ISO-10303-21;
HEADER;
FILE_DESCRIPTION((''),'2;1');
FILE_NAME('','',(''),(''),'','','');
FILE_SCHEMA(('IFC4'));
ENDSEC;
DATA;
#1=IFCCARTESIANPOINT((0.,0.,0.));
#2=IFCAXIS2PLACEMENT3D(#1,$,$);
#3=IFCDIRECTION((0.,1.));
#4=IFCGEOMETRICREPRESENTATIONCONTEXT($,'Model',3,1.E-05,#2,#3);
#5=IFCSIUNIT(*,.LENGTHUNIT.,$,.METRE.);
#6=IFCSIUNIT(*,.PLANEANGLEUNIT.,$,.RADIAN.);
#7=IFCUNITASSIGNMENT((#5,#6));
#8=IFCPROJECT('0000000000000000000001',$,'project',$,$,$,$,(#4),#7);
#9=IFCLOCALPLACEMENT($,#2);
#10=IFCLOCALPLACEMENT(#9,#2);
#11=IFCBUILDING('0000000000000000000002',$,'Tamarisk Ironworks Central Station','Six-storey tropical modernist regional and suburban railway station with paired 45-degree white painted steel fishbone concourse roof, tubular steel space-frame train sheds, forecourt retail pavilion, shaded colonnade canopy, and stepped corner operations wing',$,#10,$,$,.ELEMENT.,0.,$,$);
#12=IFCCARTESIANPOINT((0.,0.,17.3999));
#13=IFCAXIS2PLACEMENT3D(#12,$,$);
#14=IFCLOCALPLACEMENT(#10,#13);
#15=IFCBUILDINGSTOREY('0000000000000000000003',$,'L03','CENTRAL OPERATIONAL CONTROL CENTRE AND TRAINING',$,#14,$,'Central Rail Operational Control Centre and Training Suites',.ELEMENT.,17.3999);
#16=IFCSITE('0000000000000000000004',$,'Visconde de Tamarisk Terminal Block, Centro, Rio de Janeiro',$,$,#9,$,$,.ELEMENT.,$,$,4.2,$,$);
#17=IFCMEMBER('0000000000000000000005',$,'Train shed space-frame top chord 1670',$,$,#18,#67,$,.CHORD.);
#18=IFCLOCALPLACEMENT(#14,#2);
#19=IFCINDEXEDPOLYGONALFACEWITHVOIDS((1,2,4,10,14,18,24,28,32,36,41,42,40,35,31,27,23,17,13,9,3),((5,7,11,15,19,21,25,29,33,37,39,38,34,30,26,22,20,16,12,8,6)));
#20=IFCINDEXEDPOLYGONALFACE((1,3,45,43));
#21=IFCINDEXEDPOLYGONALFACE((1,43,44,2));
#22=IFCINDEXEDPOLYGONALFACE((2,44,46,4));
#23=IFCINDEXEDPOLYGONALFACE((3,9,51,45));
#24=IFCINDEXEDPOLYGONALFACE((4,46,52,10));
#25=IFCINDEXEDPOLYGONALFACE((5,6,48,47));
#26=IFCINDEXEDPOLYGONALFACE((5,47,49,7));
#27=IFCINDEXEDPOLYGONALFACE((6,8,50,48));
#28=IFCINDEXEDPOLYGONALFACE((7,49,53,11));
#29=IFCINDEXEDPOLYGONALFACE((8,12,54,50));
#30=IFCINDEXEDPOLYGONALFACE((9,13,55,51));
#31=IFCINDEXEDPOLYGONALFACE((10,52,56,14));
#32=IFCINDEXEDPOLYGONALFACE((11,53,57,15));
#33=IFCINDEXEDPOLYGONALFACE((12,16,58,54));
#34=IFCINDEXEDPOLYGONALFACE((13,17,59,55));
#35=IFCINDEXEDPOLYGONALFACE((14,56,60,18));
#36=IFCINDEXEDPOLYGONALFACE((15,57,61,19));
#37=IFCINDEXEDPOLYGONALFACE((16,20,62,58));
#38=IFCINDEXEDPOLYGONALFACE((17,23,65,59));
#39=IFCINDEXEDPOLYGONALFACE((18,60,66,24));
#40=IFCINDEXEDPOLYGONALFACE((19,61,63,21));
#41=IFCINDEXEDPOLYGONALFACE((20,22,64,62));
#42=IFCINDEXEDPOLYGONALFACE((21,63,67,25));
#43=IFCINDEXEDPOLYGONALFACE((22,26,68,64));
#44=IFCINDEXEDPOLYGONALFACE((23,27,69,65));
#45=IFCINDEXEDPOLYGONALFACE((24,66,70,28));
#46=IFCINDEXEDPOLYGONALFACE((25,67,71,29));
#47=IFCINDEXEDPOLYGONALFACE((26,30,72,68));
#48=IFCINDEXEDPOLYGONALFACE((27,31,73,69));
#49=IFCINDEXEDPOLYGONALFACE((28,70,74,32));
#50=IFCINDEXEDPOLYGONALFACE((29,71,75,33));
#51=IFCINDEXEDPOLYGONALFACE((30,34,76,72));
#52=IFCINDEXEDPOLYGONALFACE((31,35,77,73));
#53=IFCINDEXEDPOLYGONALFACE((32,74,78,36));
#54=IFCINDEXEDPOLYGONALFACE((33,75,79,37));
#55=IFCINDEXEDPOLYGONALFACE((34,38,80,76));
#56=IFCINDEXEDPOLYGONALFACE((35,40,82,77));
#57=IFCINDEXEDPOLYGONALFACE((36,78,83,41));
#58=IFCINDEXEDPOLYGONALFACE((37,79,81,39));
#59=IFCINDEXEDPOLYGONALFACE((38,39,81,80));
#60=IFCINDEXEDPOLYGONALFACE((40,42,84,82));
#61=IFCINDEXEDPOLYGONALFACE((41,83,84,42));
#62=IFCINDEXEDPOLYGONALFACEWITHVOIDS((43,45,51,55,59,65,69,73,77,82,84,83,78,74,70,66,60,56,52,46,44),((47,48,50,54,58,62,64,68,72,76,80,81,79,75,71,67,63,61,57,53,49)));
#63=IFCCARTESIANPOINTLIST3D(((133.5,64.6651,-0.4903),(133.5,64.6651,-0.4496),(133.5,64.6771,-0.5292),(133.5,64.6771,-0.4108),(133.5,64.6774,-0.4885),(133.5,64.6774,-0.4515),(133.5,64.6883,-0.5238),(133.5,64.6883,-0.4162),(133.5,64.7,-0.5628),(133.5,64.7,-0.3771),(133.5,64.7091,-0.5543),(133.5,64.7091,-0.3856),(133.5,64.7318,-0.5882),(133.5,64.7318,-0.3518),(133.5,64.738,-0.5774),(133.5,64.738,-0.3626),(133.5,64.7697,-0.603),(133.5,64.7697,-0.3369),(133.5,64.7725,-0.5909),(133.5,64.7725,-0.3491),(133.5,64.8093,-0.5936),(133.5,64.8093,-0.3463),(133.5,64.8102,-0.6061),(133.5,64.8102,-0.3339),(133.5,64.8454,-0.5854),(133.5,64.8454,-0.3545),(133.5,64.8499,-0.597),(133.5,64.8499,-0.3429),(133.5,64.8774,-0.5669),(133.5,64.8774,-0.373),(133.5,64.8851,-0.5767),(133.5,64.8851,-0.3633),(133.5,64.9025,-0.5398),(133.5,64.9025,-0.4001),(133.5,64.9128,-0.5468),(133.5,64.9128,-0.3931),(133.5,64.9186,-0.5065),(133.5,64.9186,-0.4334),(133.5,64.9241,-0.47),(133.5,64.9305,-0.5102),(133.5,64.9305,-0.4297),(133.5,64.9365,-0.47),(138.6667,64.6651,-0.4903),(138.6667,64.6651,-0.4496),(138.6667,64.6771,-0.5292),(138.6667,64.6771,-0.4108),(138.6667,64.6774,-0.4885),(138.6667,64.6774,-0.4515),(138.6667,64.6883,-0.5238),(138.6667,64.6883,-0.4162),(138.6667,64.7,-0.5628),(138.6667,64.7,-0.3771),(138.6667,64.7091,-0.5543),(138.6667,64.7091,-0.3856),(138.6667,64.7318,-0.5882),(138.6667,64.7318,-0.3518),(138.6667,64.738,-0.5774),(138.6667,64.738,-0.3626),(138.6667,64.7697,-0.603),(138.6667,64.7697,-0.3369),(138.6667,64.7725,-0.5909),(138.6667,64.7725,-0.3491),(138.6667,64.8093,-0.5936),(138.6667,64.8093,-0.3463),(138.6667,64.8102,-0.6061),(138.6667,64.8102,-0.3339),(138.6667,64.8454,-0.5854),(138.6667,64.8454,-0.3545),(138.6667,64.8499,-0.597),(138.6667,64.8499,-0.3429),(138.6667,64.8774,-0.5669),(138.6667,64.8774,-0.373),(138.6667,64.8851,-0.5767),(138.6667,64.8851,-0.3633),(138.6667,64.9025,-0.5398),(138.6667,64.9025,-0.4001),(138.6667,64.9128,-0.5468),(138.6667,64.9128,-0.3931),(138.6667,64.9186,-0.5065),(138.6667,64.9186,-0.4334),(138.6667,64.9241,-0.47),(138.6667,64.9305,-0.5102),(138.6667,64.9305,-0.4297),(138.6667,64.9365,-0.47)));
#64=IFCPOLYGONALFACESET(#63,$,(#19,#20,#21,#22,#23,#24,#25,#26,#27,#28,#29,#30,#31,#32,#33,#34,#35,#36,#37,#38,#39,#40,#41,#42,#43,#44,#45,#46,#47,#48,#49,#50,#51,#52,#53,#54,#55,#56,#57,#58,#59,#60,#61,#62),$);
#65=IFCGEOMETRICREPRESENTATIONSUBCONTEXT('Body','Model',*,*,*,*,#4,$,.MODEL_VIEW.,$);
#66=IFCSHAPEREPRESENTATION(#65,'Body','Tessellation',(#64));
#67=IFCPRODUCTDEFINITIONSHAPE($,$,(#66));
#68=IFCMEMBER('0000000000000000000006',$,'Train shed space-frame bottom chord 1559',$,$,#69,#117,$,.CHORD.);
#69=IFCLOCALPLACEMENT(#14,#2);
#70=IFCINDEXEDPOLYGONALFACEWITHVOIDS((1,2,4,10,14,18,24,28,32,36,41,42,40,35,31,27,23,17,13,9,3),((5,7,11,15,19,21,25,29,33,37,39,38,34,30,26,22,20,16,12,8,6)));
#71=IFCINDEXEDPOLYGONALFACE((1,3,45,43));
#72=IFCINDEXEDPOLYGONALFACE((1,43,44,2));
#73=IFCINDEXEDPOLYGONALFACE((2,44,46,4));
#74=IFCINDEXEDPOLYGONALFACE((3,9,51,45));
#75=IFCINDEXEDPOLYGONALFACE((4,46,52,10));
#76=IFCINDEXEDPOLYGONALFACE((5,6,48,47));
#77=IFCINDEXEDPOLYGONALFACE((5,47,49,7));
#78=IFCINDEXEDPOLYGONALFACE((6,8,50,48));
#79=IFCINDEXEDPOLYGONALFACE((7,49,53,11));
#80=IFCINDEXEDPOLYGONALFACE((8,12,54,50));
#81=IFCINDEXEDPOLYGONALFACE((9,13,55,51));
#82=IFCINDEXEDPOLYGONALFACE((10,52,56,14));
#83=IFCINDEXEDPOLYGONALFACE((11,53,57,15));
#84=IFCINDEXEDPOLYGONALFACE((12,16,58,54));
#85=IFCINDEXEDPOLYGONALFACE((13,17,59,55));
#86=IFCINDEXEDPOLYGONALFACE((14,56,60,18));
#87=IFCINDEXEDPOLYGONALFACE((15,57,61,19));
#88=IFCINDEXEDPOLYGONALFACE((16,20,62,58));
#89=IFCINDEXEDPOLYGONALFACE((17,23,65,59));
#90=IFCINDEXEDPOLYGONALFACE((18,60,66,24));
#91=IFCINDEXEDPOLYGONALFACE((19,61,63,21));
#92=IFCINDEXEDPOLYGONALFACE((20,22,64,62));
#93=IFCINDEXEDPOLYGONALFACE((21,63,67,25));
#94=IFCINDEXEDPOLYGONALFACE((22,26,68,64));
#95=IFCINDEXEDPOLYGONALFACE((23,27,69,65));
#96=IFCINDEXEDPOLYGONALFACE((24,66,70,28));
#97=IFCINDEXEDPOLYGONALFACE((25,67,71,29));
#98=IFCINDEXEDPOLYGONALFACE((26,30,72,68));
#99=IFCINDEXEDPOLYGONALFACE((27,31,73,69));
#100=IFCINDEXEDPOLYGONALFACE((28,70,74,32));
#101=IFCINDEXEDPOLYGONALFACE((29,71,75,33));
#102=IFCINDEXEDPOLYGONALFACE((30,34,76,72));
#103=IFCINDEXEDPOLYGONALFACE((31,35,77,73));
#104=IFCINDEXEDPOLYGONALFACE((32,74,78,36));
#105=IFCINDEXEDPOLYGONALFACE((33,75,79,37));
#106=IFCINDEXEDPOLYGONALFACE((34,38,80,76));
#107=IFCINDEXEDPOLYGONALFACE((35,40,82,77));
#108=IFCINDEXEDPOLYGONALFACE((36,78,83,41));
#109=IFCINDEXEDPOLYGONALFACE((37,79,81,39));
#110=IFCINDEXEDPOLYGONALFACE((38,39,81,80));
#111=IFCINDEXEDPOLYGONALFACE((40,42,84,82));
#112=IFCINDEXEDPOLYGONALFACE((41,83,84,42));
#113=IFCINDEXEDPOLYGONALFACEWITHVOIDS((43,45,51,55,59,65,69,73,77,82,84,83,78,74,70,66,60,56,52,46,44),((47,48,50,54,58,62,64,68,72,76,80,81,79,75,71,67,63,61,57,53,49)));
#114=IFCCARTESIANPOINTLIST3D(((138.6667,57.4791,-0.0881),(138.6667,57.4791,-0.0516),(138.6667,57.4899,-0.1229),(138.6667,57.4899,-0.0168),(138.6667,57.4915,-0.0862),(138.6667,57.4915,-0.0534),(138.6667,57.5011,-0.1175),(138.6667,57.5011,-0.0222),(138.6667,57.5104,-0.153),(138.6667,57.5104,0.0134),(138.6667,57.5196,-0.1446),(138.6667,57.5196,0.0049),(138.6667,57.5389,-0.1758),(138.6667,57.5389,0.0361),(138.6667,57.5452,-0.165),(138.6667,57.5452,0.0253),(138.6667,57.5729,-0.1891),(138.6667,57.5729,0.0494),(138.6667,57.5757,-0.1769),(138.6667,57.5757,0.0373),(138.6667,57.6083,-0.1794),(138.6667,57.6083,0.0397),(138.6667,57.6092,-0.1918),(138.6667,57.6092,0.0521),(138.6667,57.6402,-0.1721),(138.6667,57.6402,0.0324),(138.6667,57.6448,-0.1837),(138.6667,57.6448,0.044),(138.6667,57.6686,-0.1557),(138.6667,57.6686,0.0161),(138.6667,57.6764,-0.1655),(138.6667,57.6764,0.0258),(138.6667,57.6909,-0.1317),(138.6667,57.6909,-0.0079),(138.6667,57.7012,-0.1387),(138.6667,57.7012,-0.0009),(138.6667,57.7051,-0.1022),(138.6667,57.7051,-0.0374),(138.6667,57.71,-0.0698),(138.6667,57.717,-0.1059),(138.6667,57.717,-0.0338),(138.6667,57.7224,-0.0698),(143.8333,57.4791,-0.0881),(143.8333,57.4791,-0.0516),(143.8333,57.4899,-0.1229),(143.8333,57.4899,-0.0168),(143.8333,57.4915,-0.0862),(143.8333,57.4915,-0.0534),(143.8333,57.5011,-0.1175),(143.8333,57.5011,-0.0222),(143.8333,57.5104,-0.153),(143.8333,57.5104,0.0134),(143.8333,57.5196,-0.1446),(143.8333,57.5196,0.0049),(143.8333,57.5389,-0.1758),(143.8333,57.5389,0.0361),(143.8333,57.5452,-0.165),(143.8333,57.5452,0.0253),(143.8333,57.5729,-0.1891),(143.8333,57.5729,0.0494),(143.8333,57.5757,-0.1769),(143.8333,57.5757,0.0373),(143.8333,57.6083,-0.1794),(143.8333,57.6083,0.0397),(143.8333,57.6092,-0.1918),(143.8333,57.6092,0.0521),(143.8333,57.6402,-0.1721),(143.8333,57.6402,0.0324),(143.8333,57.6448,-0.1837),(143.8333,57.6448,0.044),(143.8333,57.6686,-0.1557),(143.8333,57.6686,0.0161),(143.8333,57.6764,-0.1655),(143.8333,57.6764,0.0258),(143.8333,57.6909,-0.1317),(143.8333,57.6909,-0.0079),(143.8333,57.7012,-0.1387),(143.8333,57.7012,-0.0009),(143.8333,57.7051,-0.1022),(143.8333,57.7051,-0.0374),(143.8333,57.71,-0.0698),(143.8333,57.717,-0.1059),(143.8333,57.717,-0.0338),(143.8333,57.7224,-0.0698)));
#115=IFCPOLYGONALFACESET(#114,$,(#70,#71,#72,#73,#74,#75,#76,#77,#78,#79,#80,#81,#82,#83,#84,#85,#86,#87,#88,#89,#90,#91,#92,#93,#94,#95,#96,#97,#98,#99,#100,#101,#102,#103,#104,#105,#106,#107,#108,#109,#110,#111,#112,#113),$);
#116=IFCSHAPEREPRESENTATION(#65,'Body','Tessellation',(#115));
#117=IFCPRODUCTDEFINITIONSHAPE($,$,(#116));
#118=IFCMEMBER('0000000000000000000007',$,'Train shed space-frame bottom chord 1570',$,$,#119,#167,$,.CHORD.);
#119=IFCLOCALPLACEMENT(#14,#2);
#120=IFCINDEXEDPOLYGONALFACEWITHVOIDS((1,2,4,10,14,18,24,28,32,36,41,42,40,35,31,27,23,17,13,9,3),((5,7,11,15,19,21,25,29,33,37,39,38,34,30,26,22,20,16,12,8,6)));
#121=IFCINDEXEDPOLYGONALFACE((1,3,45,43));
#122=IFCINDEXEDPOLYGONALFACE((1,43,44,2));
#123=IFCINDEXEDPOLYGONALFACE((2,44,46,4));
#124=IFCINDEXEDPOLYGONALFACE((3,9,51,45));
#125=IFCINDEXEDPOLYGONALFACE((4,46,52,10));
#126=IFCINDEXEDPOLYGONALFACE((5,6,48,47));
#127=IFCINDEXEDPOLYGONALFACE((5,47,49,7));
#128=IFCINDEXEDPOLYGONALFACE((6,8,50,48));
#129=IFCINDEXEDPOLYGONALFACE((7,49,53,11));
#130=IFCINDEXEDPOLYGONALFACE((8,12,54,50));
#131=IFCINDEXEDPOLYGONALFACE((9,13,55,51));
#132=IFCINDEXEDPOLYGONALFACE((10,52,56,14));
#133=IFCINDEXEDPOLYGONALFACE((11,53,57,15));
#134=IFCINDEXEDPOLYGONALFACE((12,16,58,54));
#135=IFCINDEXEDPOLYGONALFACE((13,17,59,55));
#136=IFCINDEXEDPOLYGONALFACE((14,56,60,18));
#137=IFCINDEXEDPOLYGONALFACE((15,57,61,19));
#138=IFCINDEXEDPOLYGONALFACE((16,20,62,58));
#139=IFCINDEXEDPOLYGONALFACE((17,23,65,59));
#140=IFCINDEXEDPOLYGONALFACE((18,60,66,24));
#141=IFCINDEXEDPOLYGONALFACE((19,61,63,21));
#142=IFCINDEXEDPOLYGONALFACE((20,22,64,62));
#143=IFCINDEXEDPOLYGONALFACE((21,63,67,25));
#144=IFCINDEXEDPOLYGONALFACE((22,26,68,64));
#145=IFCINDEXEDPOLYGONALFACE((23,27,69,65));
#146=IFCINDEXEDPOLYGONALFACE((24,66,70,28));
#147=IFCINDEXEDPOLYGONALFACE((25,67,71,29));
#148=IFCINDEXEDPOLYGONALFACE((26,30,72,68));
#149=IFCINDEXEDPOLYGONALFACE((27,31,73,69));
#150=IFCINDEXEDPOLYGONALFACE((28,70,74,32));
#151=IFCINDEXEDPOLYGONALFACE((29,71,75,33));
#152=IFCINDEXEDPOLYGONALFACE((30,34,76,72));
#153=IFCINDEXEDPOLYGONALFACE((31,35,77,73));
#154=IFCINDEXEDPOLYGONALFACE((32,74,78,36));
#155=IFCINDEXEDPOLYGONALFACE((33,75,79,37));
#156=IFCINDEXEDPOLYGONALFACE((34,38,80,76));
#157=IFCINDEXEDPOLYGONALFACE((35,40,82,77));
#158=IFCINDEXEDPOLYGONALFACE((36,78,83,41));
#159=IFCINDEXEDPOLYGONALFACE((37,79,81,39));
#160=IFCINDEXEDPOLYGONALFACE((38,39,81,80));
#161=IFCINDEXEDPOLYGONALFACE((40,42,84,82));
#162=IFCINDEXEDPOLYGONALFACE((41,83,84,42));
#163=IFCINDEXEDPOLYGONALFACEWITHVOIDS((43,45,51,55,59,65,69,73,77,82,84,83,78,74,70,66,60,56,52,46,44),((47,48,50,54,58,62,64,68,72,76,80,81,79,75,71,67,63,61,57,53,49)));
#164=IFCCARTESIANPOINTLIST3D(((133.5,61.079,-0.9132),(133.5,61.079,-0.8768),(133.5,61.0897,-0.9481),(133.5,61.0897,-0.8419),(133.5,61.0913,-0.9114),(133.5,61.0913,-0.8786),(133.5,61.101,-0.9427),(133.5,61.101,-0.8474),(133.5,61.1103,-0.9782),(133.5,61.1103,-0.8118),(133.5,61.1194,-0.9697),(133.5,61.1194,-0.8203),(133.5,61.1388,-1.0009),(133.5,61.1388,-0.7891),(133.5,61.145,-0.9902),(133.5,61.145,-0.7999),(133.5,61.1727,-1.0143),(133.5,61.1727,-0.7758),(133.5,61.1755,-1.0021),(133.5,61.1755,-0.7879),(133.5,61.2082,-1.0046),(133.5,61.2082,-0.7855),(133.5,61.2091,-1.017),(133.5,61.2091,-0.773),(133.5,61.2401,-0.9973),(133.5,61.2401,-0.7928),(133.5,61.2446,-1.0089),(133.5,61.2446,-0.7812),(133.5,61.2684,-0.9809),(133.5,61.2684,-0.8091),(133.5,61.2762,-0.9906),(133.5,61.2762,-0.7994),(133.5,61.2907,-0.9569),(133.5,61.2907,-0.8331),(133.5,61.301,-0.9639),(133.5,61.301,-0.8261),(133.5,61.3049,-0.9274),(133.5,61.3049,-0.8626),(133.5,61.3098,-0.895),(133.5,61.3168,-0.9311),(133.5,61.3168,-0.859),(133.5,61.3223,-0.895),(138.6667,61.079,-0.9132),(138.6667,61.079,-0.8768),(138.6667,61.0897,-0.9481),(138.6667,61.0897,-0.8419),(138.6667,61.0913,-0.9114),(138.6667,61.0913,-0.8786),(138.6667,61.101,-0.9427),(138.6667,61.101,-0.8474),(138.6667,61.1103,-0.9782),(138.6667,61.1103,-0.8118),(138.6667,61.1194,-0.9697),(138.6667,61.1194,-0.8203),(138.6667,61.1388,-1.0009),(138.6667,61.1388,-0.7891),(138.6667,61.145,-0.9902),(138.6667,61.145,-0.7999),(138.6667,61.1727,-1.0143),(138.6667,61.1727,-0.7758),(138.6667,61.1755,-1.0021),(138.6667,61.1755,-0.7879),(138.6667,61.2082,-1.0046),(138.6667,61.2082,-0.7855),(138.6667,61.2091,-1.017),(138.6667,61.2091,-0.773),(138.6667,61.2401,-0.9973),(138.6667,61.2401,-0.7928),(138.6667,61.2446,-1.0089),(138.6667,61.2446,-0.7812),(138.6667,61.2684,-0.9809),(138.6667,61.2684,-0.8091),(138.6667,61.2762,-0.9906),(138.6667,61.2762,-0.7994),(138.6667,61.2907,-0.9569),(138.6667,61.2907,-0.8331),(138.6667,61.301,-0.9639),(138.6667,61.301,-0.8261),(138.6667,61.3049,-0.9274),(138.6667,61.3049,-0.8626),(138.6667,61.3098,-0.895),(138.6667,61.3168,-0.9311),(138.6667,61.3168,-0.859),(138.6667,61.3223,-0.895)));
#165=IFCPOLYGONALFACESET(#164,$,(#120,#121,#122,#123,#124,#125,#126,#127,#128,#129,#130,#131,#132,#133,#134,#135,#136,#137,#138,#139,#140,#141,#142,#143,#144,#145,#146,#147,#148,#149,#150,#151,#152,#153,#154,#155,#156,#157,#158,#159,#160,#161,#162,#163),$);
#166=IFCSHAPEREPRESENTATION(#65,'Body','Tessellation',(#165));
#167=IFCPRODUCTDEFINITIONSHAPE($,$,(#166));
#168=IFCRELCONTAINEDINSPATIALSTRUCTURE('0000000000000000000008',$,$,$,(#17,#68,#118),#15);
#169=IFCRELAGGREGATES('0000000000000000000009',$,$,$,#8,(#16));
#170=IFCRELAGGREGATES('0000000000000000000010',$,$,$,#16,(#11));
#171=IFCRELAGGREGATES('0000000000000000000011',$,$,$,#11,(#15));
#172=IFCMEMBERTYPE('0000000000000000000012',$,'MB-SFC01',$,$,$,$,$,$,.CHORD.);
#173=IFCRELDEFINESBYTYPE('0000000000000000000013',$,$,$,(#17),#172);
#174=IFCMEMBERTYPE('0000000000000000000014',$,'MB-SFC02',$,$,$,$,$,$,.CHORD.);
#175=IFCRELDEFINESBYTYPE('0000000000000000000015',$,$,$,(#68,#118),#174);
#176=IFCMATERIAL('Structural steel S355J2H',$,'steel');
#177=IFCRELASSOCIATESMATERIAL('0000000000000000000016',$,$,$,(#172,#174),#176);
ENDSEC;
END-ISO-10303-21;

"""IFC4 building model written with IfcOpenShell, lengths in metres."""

from ifc_helpers import new_model, si_unit, direction, frame, origin, origin_2d, place, context, subcontext, project, spatial, hollow_circle, extrude, material, material_profile, profile_set, type_object, element, save


model = new_model("IFC4")

# Units and contexts
model_context = context("Model", 3, precision=1e-05, world=origin(), true_north=direction((0.0, 1.0)))
body_context = subcontext(model_context, "Body", "Model", "MODEL_VIEW")
ifc_project = project(units=[si_unit("LENGTHUNIT", "METRE"), si_unit("PLANEANGLEUNIT", "RADIAN")], contexts=[model_context])

# Site, building, storey
site_placement = place(None, origin())
site = spatial("IfcSite", under=ifc_project, at=site_placement, Name="Visconde de Tamarisk Terminal Block, Centro, Rio de Janeiro", CompositionType="ELEMENT", RefElevation=4.2)
building_placement = place(site_placement, origin())
building = spatial("IfcBuilding", under=site, at=building_placement, Name="Tamarisk Ironworks Central Station", Description="Six-storey tropical modernist regional and suburban railway station with paired 45-degree white painted steel fishbone concourse roof, tubular steel space-frame train sheds, forecourt retail pavilion, shaded colonnade canopy, and stepped corner operations wing", CompositionType="ELEMENT", ElevationOfRefHeight=0.0)
storey_placement = place(building_placement, frame((0.0, 0.0, 17.3999)))
storey = spatial("IfcBuildingStorey", under=building, at=storey_placement, Name="L03", Description="CENTRAL OPERATIONAL CONTROL CENTRE AND TRAINING", LongName="Central Rail Operational Control Centre and Training Suites", CompositionType="ELEMENT", Elevation=17.3999)

# Members
ifc_material = material(Name="Structural steel S355J2H", Category="steel")
ifc_material_profile_1 = material_profile(ifc_material, hollow_circle(Radius=0.1365, WallThickness=0.0125, at=origin_2d()), Name="CHS 273x12.5")
ifc_profile_set_1 = profile_set([ifc_material_profile_1], Name="Structural steel S355J2H")
member_type_1 = type_object("IfcMemberType", Name="MB-SFC01", PredefinedType="CHORD", material=ifc_profile_set_1)
member_1_placement = place(storey_placement, frame((133.5, 64.8, -0.47), z_axis=(1.0, 0.0, 0.0), x_axis=(0.0, 1.0, 0.0)))
element("IfcMember", 1, at=member_1_placement, inside=storey, type_object=member_type_1, Name="Train shed space-frame top chord 1670", PredefinedType="CHORD", context=body_context, shape_type="SweptSolid", body=[
    extrude(hollow_circle(Radius=0.1365, WallThickness=0.0125, at=origin_2d()), origin(), (0.0, 0.0, 1.0), 5.1667),
])
ifc_material_profile_2 = material_profile(ifc_material, hollow_circle(Radius=0.1223, WallThickness=0.0125, at=origin_2d()), Name="CHS 244.5x12.5")
ifc_profile_set_2 = profile_set([ifc_material_profile_2], Name="Structural steel S355J2H")
member_type_2 = type_object("IfcMemberType", Name="MB-SFC02", PredefinedType="CHORD", material=ifc_profile_set_2)
member_2_placement = place(storey_placement, frame((138.6667, 57.6001, -0.0698), z_axis=(1.0, 0.0, 0.0), x_axis=(0.0, 1.0, 0.0)))
element("IfcMember", 2, at=member_2_placement, inside=storey, type_object=member_type_2, Name="Train shed space-frame bottom chord 1559", PredefinedType="CHORD", context=body_context, shape_type="SweptSolid", body=[
    extrude(hollow_circle(Radius=0.1223, WallThickness=0.0125, at=origin_2d()), origin(), (0.0, 0.0, 1.0), 5.1665),
])
member_3_placement = place(storey_placement, frame((133.5, 61.2, -0.895), z_axis=(1.0, 0.0, 0.0), x_axis=(0.0, 1.0, 0.0)))
element("IfcMember", 3, at=member_3_placement, inside=storey, type_object=member_type_2, Name="Train shed space-frame bottom chord 1570", PredefinedType="CHORD", context=body_context, shape_type="SweptSolid", body=[
    extrude(hollow_circle(Radius=0.1223, WallThickness=0.0125, at=origin_2d()), origin(), (0.0, 0.0, 1.0), 5.1667),
])

save(model, "model.ifc")
